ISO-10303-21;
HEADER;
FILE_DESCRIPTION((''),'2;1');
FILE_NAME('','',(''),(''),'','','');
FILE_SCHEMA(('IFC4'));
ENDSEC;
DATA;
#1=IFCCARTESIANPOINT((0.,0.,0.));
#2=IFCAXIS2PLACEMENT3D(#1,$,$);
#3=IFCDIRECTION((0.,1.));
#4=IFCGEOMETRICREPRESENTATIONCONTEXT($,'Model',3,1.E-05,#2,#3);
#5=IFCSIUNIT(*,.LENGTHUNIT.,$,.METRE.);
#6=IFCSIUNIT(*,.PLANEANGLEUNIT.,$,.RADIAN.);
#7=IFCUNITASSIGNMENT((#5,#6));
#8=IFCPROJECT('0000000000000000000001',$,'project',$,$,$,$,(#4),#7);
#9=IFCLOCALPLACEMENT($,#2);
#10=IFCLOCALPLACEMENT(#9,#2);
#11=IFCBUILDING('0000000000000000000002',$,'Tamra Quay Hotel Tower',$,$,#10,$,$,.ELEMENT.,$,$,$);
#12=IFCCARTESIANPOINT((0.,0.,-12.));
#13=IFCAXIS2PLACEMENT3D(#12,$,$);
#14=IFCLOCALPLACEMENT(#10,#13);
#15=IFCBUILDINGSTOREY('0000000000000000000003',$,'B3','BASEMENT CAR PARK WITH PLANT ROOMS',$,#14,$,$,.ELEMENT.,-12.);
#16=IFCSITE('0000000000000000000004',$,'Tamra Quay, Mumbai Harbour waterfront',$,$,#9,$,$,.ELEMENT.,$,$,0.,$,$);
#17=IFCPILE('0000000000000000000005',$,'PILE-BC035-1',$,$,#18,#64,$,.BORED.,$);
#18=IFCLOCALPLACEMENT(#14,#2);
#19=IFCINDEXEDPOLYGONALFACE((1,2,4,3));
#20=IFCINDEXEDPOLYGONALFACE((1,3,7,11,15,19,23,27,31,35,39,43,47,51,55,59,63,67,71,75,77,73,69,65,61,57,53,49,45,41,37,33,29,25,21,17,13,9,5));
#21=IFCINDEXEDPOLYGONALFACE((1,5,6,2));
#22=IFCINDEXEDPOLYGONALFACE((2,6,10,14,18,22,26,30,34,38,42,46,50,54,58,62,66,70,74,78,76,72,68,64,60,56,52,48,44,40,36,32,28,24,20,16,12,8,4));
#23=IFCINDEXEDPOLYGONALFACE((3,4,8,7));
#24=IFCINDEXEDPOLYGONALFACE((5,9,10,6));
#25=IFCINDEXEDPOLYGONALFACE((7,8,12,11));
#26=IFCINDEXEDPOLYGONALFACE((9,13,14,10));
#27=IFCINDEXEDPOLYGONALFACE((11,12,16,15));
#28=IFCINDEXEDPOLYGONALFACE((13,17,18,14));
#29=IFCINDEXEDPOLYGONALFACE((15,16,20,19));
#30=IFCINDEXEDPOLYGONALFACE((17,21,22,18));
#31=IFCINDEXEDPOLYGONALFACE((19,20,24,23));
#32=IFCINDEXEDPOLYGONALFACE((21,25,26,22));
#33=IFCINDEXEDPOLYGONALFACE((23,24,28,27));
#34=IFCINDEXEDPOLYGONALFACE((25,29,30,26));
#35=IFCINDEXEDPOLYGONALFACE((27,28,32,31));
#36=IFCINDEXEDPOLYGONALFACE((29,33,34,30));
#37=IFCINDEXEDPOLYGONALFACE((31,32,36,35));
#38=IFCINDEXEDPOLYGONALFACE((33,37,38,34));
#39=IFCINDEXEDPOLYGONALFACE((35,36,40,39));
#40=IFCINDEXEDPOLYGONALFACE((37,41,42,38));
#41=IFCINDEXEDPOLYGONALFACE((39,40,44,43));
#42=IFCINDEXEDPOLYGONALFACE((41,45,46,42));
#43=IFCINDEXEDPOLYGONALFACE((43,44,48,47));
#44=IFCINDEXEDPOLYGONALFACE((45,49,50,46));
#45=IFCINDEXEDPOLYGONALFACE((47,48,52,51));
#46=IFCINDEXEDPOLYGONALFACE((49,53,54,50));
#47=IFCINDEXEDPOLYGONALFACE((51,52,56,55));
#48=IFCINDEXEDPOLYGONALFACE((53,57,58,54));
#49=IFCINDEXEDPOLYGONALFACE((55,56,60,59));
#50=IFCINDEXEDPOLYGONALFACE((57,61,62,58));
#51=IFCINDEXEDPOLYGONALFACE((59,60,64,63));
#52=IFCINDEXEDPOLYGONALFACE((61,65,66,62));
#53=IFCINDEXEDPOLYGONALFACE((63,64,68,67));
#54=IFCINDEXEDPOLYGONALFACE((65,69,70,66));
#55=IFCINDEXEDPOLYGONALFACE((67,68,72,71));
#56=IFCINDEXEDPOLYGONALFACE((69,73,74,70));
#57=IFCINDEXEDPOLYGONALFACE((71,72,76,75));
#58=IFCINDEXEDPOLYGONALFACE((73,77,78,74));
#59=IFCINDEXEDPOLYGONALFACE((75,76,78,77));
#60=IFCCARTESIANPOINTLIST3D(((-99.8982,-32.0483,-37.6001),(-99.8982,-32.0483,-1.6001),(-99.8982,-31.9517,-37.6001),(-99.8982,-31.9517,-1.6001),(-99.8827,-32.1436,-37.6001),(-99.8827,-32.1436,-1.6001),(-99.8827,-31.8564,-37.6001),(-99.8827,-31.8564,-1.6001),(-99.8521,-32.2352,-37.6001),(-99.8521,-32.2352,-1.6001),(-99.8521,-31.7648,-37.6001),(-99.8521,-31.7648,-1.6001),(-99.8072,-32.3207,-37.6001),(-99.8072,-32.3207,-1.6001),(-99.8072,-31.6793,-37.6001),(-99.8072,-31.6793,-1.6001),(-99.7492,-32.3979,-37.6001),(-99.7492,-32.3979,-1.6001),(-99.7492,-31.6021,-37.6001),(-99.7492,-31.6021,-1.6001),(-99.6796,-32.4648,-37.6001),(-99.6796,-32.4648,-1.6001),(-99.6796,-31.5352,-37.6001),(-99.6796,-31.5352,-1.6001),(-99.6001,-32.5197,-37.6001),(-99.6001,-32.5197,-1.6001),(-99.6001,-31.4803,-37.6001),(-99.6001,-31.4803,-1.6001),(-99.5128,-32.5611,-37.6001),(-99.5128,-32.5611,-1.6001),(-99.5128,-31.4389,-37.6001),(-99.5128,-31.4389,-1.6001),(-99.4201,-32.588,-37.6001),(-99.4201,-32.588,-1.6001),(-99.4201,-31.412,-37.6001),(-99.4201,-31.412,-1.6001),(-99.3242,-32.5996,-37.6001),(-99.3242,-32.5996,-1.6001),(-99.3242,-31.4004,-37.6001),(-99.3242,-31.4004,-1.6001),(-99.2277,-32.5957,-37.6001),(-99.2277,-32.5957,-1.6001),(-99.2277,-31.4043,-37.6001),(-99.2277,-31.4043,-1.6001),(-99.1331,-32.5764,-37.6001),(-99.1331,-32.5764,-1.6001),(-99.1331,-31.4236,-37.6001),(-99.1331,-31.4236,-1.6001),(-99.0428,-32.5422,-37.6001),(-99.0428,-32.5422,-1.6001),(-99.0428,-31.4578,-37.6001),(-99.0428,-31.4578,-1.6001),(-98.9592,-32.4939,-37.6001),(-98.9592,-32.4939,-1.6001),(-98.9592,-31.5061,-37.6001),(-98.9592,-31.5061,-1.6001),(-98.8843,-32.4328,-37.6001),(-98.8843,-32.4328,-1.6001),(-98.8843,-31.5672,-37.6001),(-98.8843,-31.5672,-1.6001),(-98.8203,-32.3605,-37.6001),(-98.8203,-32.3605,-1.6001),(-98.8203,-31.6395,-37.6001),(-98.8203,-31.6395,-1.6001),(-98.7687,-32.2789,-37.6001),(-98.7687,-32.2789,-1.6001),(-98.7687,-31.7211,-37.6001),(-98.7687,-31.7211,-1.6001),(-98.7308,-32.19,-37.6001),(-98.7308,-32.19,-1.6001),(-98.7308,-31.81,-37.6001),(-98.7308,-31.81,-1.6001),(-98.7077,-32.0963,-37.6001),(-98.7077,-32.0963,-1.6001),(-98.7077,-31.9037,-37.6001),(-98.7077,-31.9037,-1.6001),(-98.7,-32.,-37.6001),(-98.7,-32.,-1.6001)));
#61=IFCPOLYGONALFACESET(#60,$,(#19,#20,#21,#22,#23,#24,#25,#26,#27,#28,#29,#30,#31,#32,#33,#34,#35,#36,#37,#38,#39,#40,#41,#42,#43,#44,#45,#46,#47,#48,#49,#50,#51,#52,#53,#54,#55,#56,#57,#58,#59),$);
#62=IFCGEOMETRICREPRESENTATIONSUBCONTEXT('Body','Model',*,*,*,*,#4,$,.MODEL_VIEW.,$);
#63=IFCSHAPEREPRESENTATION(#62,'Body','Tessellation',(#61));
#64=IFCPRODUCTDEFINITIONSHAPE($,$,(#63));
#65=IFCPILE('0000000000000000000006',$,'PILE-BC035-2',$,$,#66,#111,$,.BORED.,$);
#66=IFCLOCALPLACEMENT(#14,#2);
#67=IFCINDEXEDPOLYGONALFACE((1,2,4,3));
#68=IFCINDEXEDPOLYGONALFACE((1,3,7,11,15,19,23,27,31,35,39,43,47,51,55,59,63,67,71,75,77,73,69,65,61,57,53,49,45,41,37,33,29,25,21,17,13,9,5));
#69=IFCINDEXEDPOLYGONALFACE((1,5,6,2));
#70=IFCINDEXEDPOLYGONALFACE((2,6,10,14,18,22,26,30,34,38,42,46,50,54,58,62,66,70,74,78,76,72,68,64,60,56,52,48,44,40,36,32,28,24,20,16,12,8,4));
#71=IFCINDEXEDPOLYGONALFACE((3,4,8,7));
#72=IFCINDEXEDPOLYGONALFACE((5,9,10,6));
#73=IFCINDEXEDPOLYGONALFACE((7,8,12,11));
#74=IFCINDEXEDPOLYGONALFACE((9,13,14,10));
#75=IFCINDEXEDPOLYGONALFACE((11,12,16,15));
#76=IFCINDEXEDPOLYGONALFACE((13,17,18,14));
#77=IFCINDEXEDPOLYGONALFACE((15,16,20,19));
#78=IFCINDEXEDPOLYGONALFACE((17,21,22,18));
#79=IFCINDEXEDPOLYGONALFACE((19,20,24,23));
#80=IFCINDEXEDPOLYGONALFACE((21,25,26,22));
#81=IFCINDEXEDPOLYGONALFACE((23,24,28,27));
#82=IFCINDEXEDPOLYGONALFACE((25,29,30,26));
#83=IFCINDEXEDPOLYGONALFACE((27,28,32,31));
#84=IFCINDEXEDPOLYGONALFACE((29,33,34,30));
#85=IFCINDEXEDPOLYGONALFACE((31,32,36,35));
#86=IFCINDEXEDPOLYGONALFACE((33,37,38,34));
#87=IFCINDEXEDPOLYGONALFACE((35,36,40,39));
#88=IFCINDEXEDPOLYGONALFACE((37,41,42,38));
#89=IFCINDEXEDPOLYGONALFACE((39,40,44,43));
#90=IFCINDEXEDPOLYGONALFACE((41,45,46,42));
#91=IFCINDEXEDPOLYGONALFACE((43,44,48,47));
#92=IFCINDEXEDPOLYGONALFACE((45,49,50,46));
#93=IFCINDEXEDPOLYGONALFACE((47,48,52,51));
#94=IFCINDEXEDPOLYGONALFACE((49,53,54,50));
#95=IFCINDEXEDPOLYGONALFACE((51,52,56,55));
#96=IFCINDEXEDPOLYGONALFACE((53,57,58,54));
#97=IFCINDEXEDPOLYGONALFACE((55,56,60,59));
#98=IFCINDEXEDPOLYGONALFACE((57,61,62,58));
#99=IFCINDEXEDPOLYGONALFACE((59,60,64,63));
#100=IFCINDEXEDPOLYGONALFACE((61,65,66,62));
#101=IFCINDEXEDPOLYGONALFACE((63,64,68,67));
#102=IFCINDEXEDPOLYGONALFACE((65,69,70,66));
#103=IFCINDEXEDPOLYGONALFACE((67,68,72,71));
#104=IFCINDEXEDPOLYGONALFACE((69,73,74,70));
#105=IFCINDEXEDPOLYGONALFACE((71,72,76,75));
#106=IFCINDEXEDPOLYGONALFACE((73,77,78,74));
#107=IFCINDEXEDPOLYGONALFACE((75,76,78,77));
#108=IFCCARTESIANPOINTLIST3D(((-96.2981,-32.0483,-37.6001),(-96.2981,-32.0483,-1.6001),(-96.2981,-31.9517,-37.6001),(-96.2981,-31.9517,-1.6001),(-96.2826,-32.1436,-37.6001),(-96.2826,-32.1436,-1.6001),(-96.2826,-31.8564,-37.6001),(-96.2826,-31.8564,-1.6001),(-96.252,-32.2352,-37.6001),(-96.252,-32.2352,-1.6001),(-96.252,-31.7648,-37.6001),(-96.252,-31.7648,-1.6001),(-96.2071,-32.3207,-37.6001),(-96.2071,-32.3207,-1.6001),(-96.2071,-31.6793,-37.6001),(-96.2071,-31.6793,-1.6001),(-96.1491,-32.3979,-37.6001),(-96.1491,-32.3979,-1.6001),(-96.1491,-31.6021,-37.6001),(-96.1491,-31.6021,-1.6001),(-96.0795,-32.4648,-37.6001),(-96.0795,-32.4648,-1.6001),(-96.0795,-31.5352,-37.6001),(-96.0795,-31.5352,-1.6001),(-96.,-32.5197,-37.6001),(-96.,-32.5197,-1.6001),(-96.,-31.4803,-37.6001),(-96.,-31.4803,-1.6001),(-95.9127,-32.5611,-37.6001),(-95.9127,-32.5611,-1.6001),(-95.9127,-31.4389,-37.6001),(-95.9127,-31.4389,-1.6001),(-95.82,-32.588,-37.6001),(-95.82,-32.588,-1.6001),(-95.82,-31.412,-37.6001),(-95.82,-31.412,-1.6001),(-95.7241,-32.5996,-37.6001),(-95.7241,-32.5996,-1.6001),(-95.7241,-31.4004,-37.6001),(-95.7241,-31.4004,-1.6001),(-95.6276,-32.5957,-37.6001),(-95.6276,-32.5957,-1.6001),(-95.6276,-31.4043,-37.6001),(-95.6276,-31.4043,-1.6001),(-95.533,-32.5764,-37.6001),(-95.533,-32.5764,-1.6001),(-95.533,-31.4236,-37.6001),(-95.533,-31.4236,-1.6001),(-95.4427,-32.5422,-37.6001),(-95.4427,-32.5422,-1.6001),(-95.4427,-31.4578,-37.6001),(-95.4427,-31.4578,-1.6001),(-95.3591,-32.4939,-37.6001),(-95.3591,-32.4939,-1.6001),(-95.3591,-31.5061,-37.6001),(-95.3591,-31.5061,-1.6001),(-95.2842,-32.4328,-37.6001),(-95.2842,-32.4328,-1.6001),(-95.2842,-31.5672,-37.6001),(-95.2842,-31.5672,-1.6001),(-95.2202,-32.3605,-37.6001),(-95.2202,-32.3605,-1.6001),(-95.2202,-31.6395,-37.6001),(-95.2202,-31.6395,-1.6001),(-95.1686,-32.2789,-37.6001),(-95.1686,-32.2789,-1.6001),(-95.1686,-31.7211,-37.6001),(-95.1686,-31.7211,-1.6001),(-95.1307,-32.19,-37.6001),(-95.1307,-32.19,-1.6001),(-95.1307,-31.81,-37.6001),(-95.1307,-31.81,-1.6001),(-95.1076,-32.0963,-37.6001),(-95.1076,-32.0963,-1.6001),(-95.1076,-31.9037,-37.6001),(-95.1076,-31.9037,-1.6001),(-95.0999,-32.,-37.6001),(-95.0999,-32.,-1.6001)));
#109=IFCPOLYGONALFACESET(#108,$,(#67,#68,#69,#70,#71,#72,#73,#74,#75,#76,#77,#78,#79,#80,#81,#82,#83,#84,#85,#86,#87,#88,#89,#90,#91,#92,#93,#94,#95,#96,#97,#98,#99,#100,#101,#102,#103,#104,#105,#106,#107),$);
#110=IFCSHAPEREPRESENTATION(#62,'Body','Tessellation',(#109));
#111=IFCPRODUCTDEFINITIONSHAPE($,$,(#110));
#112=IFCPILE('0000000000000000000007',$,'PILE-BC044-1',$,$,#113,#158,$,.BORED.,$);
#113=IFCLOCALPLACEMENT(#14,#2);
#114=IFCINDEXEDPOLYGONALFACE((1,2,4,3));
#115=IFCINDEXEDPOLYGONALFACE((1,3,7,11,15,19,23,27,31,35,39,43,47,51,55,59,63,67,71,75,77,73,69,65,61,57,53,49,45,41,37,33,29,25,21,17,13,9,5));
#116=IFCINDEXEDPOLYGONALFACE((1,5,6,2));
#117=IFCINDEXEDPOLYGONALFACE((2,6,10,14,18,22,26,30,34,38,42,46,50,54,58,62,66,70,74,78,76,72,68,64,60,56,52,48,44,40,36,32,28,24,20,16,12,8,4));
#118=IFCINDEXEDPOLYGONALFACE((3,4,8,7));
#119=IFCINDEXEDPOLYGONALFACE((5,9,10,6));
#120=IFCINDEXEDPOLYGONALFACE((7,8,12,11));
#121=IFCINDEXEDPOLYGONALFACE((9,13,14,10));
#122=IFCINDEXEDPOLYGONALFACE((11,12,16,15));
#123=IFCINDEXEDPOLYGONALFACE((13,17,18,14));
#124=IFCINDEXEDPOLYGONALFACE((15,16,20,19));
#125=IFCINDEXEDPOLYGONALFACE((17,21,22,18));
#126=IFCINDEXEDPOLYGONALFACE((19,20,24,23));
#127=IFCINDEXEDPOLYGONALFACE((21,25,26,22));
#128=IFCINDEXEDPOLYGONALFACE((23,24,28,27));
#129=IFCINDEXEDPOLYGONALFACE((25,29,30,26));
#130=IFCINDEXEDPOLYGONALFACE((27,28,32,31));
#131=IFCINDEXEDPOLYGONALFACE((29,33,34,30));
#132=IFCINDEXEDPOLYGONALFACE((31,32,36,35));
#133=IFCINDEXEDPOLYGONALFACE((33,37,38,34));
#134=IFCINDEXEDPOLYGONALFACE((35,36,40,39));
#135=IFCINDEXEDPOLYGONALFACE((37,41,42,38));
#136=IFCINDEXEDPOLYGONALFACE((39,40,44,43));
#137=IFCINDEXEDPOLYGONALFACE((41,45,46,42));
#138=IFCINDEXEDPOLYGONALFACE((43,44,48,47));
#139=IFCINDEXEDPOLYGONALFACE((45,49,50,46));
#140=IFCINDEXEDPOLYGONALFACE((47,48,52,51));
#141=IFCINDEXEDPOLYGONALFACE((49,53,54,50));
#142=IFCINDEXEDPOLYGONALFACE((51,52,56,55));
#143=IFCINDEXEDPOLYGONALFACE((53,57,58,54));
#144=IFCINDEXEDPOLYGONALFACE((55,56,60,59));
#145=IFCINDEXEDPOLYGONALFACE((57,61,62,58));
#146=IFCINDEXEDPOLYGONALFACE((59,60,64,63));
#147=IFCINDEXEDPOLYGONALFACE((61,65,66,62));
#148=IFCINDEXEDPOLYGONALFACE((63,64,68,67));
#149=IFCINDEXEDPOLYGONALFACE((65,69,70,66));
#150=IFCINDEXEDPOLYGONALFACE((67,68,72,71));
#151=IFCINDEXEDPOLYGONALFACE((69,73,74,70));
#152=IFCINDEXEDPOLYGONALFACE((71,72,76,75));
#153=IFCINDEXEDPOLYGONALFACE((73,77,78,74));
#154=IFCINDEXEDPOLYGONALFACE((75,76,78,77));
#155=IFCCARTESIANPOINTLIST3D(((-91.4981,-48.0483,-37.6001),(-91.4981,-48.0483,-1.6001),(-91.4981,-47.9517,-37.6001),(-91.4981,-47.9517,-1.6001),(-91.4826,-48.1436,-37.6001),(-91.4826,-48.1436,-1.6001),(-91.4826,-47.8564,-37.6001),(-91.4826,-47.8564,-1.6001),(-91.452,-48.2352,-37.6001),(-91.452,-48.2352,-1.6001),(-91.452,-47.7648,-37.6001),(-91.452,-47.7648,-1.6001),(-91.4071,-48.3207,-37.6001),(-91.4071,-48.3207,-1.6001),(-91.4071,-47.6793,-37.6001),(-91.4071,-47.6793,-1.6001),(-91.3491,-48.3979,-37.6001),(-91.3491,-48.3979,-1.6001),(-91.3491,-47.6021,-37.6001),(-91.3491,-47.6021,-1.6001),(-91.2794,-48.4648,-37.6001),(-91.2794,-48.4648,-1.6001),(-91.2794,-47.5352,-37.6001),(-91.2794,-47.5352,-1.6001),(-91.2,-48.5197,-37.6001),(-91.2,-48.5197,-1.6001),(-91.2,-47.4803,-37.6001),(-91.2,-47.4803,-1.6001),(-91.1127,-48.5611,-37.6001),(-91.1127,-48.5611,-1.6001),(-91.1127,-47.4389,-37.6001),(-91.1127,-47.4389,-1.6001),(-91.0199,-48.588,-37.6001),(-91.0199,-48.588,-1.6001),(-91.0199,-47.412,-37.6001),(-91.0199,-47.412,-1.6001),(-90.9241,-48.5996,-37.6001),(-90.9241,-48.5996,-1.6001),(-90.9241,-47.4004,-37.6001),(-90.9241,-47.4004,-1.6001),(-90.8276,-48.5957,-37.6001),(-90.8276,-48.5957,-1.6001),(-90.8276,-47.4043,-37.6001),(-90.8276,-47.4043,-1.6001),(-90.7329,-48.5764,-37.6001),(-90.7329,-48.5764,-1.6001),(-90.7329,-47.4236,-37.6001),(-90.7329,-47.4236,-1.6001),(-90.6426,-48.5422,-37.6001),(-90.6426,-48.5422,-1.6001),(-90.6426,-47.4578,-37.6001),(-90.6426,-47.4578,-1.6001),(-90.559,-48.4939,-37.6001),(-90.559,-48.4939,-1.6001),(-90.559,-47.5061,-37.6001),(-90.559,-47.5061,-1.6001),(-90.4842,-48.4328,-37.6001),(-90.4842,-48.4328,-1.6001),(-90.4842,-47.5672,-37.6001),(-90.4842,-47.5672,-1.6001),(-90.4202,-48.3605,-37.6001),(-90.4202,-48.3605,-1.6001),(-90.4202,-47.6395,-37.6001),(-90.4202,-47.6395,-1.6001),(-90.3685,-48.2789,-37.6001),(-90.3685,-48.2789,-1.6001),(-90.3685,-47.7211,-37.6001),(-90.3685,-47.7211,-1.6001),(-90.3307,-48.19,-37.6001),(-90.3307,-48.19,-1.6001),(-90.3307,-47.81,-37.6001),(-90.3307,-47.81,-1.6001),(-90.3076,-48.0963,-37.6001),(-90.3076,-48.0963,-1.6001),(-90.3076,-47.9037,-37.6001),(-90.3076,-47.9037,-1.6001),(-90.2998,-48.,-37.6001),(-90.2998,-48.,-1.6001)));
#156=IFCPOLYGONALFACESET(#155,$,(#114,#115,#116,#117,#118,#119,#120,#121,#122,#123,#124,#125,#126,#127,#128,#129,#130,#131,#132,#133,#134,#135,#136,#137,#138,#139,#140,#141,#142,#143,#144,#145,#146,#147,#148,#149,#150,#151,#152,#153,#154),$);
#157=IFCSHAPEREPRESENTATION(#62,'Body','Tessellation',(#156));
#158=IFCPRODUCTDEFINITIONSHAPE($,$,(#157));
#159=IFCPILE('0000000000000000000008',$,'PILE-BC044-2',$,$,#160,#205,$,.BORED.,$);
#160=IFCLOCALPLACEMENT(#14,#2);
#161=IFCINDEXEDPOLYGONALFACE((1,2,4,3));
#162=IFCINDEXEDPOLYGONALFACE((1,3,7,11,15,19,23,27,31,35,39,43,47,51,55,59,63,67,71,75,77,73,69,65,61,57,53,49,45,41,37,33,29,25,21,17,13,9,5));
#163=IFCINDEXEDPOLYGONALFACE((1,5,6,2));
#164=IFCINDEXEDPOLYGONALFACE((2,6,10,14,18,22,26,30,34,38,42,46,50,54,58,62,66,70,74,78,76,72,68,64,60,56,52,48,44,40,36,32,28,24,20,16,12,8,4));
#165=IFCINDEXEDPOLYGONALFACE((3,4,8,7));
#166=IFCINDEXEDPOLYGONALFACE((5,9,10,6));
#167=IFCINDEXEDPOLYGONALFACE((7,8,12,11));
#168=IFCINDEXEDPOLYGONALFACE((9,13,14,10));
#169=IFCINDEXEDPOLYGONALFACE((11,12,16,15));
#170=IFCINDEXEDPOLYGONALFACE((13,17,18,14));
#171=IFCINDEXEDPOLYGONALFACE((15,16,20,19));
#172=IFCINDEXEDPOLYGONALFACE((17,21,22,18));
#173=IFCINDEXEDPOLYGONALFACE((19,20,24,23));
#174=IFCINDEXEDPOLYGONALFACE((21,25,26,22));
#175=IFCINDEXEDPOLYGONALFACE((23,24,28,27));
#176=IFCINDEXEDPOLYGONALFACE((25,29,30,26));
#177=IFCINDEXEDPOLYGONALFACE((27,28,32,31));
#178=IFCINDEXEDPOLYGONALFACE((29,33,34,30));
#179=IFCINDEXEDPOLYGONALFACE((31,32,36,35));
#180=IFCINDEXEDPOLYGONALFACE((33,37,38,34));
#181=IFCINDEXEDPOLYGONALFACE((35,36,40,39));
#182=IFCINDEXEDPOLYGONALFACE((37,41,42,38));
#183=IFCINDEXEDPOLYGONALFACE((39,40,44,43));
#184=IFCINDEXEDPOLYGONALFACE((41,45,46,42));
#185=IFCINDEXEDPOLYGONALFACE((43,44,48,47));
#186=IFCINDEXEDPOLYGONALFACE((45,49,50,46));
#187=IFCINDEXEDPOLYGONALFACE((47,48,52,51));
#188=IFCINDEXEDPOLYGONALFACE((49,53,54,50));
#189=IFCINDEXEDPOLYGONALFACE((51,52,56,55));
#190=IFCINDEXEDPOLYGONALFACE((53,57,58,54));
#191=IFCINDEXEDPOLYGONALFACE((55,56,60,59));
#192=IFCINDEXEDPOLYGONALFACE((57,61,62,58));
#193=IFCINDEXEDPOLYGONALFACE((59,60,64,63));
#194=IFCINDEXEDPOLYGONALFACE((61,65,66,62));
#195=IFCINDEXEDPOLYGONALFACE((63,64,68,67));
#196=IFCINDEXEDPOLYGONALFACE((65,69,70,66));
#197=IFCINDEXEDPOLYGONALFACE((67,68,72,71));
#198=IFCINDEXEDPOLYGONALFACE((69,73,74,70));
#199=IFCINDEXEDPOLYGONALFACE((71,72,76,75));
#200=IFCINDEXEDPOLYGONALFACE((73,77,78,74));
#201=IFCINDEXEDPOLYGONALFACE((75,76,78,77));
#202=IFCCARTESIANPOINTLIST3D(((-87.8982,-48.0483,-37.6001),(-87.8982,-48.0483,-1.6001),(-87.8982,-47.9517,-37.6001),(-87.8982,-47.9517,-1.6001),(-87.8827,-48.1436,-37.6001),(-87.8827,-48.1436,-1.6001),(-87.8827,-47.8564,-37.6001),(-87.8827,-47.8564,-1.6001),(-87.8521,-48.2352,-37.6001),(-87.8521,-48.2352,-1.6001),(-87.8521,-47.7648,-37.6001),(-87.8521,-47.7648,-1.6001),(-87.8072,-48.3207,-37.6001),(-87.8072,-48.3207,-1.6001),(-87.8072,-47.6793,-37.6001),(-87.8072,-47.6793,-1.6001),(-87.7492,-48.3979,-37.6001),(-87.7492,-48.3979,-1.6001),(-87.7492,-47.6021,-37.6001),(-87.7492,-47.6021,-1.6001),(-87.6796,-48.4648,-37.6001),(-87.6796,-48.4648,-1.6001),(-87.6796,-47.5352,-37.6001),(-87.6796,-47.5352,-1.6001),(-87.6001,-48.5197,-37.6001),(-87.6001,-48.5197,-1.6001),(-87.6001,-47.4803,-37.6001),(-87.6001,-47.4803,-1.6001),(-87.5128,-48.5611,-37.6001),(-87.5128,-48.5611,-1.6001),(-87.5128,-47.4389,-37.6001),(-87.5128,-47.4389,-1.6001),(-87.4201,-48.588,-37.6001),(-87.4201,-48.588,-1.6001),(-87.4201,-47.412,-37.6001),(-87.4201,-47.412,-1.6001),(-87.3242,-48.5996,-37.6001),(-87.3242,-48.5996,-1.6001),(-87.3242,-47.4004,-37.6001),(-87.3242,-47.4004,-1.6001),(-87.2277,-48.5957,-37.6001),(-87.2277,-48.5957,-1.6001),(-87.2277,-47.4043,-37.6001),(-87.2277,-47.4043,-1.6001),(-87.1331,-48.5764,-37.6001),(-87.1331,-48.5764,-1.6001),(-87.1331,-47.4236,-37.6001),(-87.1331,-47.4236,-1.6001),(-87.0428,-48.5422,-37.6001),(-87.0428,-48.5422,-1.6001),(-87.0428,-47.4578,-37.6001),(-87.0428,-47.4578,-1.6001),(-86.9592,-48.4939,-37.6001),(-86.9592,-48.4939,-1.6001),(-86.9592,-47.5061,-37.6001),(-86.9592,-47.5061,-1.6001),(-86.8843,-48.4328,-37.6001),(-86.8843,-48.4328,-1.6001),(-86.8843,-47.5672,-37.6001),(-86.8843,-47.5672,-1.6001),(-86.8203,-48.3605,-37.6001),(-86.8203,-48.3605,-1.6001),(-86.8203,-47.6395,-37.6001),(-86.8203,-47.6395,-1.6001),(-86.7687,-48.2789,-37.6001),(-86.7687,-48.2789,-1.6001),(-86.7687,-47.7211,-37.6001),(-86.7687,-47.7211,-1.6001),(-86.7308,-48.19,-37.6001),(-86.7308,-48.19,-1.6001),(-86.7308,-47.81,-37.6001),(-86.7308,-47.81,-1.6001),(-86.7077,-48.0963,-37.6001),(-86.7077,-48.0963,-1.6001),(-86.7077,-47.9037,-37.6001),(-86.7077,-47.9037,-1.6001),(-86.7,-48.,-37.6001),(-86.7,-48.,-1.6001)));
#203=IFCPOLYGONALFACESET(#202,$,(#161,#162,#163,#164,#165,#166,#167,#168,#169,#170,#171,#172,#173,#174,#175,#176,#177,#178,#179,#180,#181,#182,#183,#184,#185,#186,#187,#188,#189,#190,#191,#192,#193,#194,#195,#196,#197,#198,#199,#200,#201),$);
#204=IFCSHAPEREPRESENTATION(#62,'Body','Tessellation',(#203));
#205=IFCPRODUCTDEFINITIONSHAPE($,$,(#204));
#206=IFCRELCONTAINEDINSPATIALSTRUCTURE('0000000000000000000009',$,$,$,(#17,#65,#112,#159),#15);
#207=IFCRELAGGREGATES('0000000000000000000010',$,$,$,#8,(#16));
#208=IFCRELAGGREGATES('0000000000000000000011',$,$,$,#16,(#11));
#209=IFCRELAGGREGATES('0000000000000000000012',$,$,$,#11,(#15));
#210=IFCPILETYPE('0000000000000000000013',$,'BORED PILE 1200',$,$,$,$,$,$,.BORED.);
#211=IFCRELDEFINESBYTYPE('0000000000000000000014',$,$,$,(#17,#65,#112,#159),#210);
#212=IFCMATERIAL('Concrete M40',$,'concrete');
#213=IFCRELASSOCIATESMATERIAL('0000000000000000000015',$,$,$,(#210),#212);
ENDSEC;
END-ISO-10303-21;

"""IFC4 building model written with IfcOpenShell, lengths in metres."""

from ifc_helpers import new_model, si_unit, direction, frame, origin, origin_2d, place, context, subcontext, project, spatial, circle, extrude, material, material_profile, profile_set, type_object, element, save


model = new_model("IFC4")

# Units and contexts
model_context = context("Model", 3, precision=1e-05, world=origin(), true_north=direction((0.0, 1.0)))
body_context = subcontext(model_context, "Body", "Model", "MODEL_VIEW")
ifc_project = project(units=[si_unit("LENGTHUNIT", "METRE"), si_unit("PLANEANGLEUNIT", "RADIAN")], contexts=[model_context])

# Site, building, storey
site_placement = place(None, origin())
site = spatial("IfcSite", under=ifc_project, at=site_placement, Name="Tamra Quay, Mumbai Harbour waterfront", CompositionType="ELEMENT", RefElevation=0.0)
building_placement = place(site_placement, origin())
building = spatial("IfcBuilding", under=site, at=building_placement, Name="Tamra Quay Hotel Tower", CompositionType="ELEMENT")
storey_placement = place(building_placement, frame((0.0, 0.0, -12.0)))
storey = spatial("IfcBuildingStorey", under=building, at=storey_placement, Name="B3", Description="BASEMENT CAR PARK WITH PLANT ROOMS", CompositionType="ELEMENT", Elevation=-12.0)

# Piles
ifc_material_1 = material(Name="Concrete M40", Category="concrete")
ifc_material_profile_1 = material_profile(ifc_material_1, circle(Radius=0.6001, at=origin_2d()), Name="BORED PILE 1200")
ifc_profile_set_1 = profile_set([ifc_material_profile_1], Name="Concrete M40")
pile_type = type_object("IfcPileType", Name="BORED PILE 1200", PredefinedType="BORED", material=ifc_profile_set_1)
for number, where, z_axis, x_axis, name in (
    (1, (-99.3, -32.0, -1.6001), (0.0, 0.0, -1.0), (1.0, 0.0, 0.0), "PILE-BC035-1"),
    (2, (-95.7, -32.0, -1.6001), (0.0, 0.0, -1.0), (1.0, 0.0, 0.0), "PILE-BC035-2"),
    (3, (-90.8999, -48.0, -1.6001), (0.0, 0.0, -1.0), (1.0, 0.0, 0.0), "PILE-BC044-1"),
    (4, (-87.3, -48.0, -1.6001), (0.0, 0.0, -1.0), (1.0, 0.0, 0.0), "PILE-BC044-2"),
):
    element("IfcPile", number, at=place(storey_placement, frame(where, z_axis=z_axis, x_axis=x_axis)), inside=storey, type_object=pile_type, Name=name, PredefinedType="BORED", context=body_context, shape_type="SweptSolid", body=[
        extrude(circle(Radius=0.6001, at=origin_2d()), origin(), (0.0, 0.0, 1.0), 36.0),
    ])

save(model, "model.ifc")
